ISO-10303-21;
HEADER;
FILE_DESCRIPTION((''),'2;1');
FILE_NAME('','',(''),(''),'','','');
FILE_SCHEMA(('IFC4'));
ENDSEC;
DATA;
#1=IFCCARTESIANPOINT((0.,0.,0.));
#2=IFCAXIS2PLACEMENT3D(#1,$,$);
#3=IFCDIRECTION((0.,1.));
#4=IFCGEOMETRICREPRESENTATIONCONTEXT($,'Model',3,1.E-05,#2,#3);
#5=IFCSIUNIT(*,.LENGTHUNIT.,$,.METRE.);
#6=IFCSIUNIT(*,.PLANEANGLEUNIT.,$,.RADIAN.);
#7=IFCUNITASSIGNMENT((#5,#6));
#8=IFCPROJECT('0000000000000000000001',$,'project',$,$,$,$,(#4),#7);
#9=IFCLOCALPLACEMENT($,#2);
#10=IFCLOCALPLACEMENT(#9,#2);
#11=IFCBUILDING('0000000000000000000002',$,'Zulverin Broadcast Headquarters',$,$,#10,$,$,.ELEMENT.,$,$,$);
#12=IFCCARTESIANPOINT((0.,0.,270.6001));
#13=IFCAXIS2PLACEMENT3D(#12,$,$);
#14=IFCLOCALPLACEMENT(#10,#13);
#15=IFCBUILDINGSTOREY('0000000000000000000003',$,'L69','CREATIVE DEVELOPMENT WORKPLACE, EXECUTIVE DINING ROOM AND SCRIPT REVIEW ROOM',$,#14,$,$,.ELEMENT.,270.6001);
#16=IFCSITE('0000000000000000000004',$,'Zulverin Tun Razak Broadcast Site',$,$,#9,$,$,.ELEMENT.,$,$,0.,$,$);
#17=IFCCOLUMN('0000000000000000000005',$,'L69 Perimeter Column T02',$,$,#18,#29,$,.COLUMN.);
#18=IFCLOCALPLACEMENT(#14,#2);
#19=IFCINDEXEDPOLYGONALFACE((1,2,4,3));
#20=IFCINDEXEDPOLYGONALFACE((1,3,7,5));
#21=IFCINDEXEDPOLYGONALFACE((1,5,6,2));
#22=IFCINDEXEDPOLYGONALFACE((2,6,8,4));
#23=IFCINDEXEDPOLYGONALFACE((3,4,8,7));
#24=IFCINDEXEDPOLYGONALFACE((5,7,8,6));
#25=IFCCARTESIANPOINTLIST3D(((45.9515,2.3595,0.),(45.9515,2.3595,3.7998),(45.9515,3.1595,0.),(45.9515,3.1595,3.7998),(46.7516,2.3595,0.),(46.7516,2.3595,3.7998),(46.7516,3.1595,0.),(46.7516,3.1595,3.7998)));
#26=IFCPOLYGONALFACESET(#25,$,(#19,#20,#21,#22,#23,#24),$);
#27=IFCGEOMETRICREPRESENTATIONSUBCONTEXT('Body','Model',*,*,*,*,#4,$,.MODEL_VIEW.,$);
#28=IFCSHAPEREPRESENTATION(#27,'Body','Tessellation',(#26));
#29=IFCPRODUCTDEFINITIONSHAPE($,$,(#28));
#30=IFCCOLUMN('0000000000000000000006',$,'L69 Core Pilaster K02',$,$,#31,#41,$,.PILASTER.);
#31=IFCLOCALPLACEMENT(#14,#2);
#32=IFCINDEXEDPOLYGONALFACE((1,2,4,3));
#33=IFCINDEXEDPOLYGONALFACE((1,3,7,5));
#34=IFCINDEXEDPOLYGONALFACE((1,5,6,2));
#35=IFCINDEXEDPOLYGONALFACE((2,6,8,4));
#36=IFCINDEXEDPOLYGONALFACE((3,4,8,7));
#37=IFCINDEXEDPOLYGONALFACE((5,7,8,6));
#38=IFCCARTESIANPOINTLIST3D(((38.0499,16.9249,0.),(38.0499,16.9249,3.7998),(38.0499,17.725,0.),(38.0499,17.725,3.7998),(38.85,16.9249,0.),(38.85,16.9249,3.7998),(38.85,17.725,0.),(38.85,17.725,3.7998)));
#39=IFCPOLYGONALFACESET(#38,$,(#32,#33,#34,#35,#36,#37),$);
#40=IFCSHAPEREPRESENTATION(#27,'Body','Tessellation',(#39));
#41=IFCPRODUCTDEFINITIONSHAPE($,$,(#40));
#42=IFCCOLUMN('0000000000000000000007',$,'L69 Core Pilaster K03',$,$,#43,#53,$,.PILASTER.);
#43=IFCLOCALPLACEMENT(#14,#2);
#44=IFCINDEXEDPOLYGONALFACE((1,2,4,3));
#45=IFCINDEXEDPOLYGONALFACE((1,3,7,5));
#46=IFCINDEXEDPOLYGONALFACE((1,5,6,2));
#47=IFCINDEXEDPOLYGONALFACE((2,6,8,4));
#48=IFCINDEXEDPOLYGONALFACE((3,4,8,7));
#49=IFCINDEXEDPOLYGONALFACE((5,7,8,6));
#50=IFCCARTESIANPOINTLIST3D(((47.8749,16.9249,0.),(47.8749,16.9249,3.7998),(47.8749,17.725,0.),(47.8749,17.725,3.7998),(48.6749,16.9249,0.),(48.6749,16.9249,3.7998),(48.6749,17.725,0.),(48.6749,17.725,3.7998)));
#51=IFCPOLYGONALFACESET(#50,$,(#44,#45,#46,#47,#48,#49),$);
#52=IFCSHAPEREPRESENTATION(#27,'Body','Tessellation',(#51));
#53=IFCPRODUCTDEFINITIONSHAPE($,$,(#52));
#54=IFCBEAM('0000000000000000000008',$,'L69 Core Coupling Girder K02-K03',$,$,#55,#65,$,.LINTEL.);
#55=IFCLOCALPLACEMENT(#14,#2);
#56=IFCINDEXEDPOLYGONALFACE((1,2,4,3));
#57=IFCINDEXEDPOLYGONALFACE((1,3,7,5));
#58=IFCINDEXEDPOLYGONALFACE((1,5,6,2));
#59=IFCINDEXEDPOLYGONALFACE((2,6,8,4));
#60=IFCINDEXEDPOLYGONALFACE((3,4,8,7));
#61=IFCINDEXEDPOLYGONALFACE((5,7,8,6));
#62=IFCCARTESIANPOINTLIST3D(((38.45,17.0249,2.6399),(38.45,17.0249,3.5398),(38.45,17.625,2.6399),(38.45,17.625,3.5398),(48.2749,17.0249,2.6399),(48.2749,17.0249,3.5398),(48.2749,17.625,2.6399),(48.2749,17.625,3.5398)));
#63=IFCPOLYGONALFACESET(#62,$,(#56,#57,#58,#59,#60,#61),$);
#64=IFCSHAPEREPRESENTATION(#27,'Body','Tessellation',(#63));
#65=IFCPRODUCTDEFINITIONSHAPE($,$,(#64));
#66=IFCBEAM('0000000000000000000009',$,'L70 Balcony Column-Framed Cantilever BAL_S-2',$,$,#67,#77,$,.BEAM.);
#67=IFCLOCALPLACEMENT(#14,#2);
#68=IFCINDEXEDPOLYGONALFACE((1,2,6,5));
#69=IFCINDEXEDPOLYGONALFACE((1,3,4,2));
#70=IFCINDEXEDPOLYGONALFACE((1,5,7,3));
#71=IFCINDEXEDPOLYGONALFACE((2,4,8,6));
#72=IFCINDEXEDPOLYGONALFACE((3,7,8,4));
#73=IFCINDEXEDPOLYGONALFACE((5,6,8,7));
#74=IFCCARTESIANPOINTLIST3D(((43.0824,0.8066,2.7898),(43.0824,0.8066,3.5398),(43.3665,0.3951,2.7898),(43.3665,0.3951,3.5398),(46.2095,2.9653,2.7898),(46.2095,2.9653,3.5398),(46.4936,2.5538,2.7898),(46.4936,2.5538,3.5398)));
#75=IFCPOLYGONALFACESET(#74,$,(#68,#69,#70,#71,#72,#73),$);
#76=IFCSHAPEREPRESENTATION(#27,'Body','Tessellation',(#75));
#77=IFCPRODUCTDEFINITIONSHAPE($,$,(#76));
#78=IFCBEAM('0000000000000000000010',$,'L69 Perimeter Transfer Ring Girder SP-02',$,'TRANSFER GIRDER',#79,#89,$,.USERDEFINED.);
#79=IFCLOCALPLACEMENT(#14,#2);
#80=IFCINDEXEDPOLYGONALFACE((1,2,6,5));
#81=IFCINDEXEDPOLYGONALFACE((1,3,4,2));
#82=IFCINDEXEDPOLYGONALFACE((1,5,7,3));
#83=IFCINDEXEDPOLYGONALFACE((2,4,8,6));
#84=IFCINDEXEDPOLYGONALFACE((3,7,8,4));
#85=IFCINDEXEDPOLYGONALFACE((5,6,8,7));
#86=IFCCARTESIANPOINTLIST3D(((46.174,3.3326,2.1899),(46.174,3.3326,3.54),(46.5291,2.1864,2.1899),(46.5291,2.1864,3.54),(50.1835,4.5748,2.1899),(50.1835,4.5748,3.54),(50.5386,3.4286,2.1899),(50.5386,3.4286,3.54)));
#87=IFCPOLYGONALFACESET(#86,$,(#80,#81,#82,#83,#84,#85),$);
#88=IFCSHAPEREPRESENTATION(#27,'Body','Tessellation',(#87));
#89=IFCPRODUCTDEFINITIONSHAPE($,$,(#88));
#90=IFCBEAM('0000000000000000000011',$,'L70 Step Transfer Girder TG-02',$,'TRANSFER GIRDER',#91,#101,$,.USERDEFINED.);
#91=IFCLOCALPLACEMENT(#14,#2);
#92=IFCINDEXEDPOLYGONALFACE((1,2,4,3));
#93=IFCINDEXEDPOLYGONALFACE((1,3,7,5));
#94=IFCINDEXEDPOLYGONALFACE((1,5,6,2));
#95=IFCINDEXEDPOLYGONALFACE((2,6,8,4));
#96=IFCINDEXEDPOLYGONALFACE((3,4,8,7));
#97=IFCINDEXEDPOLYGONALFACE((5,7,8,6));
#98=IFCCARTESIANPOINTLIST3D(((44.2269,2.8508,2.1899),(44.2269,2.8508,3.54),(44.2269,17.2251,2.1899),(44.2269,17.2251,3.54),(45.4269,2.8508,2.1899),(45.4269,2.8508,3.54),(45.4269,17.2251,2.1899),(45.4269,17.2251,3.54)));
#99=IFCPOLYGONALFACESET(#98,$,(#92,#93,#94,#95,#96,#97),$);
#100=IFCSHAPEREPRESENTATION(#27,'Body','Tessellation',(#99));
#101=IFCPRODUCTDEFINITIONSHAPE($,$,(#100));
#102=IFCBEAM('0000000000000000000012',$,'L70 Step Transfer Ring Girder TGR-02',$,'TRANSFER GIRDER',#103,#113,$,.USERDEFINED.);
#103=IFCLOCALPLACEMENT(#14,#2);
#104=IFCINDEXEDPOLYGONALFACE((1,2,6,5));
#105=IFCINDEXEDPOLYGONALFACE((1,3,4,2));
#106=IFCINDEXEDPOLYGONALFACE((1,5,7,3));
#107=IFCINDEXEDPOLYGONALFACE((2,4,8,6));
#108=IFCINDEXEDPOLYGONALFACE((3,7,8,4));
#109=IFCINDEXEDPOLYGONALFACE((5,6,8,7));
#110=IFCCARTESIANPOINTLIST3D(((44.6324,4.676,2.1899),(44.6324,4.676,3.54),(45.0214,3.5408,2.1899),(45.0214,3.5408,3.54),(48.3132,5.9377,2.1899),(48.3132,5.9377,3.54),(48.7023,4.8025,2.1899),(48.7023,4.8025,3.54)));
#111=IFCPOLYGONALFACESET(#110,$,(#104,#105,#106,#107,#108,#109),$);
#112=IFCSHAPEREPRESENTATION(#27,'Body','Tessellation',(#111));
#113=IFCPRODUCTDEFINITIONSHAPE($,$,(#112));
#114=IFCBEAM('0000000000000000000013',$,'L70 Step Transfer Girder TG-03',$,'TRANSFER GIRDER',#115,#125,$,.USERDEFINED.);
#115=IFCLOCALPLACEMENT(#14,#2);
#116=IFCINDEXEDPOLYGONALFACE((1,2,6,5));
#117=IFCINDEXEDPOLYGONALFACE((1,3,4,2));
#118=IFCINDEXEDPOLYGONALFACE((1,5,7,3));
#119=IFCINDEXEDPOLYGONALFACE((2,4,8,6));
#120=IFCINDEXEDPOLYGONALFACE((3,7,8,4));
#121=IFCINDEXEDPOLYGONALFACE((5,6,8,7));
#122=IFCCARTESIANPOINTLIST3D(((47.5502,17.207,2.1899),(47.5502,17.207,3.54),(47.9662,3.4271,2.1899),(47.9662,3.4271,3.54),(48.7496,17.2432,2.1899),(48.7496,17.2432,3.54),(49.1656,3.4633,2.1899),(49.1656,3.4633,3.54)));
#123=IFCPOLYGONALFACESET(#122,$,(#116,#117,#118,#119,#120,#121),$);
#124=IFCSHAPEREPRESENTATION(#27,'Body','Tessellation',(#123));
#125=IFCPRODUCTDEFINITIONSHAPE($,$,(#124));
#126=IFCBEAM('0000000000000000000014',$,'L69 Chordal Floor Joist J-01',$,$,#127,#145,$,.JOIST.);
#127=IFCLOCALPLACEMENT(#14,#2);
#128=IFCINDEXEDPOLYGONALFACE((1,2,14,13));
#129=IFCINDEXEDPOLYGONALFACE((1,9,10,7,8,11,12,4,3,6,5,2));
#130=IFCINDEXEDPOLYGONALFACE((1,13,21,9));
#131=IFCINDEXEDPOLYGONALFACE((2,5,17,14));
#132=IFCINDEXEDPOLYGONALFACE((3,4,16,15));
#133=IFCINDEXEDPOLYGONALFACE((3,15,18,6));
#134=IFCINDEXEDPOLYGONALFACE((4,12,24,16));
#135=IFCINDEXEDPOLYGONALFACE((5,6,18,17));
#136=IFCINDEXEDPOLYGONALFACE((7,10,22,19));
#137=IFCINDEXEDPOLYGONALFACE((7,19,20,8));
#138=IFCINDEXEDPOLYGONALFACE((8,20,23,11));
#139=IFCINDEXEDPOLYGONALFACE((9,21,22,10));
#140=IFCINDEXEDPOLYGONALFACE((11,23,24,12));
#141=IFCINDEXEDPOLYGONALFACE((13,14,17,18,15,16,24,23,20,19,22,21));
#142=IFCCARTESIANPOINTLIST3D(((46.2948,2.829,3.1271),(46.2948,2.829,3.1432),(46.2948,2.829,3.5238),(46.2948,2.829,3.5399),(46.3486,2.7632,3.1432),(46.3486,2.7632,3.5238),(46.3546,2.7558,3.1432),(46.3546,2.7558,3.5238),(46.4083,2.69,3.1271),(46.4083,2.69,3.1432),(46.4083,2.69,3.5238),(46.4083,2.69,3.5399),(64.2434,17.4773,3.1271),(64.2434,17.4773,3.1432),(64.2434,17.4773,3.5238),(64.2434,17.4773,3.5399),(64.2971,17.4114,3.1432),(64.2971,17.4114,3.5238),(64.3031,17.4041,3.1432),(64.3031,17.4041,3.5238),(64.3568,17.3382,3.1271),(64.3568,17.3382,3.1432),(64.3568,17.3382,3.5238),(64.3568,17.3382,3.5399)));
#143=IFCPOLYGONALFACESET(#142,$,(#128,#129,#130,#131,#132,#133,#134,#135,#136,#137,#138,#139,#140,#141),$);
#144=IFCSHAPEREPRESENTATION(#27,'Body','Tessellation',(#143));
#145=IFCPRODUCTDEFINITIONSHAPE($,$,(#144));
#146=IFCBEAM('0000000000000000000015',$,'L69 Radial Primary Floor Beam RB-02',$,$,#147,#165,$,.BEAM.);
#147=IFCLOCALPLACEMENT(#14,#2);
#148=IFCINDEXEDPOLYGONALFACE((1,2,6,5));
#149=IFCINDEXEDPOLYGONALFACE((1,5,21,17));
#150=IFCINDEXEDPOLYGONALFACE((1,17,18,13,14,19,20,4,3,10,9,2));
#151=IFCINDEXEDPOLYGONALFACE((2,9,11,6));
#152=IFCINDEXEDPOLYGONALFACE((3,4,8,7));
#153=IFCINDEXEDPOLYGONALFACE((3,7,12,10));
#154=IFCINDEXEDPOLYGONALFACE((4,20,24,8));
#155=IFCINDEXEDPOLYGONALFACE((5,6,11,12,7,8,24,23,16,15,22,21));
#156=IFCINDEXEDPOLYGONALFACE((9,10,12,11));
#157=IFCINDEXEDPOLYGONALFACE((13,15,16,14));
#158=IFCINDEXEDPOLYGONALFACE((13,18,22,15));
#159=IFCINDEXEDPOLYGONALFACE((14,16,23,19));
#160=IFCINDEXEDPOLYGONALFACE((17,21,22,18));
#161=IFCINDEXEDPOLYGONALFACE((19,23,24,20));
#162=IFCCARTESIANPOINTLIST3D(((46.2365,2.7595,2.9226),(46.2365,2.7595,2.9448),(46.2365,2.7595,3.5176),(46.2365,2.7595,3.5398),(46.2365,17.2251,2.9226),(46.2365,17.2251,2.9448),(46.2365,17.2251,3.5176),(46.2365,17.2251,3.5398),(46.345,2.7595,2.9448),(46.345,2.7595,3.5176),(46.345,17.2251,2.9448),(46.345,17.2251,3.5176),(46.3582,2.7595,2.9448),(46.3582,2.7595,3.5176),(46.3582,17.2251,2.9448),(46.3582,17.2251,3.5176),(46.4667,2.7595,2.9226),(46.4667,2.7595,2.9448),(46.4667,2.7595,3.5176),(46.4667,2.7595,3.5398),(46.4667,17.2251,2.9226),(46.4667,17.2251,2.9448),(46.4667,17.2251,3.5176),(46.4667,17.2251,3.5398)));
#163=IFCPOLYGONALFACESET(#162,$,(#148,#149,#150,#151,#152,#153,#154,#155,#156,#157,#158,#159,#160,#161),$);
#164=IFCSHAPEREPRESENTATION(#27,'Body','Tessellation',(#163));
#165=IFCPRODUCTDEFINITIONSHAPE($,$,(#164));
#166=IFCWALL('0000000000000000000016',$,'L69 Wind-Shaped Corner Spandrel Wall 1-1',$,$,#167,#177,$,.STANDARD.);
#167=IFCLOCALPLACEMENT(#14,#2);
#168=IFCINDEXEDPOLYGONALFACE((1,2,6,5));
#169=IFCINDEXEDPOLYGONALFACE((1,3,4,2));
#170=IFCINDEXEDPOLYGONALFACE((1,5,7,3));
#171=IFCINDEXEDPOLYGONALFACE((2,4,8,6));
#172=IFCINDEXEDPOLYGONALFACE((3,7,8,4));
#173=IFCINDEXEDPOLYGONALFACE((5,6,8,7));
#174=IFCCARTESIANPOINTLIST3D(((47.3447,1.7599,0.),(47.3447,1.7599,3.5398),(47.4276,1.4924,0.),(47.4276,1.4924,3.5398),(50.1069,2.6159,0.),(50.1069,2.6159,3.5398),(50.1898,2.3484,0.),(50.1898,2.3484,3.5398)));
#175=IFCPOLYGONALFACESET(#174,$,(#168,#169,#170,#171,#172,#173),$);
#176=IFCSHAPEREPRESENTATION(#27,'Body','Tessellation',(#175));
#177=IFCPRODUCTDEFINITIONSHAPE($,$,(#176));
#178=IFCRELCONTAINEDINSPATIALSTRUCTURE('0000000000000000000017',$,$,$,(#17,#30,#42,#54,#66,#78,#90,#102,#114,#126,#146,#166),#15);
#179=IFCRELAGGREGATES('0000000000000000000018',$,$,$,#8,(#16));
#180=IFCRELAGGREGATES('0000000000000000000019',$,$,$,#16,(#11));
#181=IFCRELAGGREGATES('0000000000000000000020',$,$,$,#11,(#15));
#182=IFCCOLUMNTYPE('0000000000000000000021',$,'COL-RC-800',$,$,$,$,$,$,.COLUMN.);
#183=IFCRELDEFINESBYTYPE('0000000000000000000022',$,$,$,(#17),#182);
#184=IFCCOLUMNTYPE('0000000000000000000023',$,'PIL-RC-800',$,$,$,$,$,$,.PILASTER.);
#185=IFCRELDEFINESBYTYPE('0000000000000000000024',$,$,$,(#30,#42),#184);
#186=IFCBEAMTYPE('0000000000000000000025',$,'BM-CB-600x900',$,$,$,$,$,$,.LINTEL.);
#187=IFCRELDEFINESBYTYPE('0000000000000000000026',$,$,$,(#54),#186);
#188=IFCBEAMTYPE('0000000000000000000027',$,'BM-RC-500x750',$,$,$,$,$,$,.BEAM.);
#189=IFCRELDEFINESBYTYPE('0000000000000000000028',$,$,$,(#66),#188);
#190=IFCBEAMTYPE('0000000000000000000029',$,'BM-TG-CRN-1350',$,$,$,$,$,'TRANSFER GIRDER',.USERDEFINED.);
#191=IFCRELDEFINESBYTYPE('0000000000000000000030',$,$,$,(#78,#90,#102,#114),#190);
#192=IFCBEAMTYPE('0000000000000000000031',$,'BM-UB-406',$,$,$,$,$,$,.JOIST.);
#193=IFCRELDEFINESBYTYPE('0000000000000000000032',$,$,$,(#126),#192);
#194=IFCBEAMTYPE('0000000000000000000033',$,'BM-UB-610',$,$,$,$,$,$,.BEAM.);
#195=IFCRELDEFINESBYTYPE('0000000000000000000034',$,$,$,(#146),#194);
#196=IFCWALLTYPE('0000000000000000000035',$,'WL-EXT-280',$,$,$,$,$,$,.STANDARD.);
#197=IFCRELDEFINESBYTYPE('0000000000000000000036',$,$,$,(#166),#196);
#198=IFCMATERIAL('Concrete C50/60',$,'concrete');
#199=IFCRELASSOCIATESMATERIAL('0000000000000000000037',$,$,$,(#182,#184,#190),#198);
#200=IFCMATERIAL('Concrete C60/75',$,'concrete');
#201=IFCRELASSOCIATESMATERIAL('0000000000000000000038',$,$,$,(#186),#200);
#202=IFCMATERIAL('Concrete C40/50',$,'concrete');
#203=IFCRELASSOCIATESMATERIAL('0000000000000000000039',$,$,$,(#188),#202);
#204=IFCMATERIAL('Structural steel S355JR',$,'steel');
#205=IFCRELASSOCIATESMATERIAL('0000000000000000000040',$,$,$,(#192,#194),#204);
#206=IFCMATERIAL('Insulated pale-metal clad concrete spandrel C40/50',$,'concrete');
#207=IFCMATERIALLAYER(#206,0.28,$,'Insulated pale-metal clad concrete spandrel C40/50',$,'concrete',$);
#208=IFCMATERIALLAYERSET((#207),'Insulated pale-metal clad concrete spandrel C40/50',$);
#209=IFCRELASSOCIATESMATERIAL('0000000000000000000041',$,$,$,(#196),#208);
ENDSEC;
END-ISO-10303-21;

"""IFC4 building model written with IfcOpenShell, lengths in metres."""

from ifc_helpers import new_model, si_unit, direction, frame, frame_2d, origin, origin_2d, place, context, subcontext, project, spatial, rectangle, i_section, extrude, material, layer, layer_set, material_profile, profile_set, type_object, element, save


model = new_model("IFC4")

# Units and contexts
model_context = context("Model", 3, precision=1e-05, world=origin(), true_north=direction((0.0, 1.0)))
body_context = subcontext(model_context, "Body", "Model", "MODEL_VIEW")
ifc_project = project(units=[si_unit("LENGTHUNIT", "METRE"), si_unit("PLANEANGLEUNIT", "RADIAN")], contexts=[model_context])

# Site, building, storey
site_placement = place(None, origin())
site = spatial("IfcSite", under=ifc_project, at=site_placement, Name="Zulverin Tun Razak Broadcast Site", CompositionType="ELEMENT", RefElevation=0.0)
building_placement = place(site_placement, origin())
building = spatial("IfcBuilding", under=site, at=building_placement, Name="Zulverin Broadcast Headquarters", CompositionType="ELEMENT")
storey_placement = place(building_placement, frame((0.0, 0.0, 270.6001)))
storey = spatial("IfcBuildingStorey", under=building, at=storey_placement, Name="L69", Description="CREATIVE DEVELOPMENT WORKPLACE, EXECUTIVE DINING ROOM AND SCRIPT REVIEW ROOM", CompositionType="ELEMENT", Elevation=270.6001)

# Columns
ifc_material_1 = material(Name="Concrete C50/60", Category="concrete")
ifc_material_profile_1 = material_profile(ifc_material_1, rectangle(XDim=0.8, YDim=0.8, at=origin_2d()), Name="Concrete C50/60", Category="concrete")
ifc_profile_set_1 = profile_set([ifc_material_profile_1], Name="Concrete C50/60")
column_type_1 = type_object("IfcColumnType", Name="COL-RC-800", PredefinedType="COLUMN", material=ifc_profile_set_1)
column_placement = place(storey_placement, frame((46.3516, 2.7595, 0.0), z_axis=(0.0, 0.0, 1.0), x_axis=(1.0, 0.0, 0.0)))
element("IfcColumn", 1, at=column_placement, inside=storey, type_object=column_type_1, Name="L69 Perimeter Column T02", PredefinedType="COLUMN", context=body_context, shape_type="SweptSolid", body=[
    extrude(rectangle(XDim=0.8, YDim=0.8, at=origin_2d()), origin(), (0.0, 0.0, 1.0), 3.7998),
])
ifc_material_profile_2 = material_profile(ifc_material_1, rectangle(XDim=0.8, YDim=0.8, at=origin_2d()), Name="Concrete C50/60", Category="concrete")
ifc_profile_set_2 = profile_set([ifc_material_profile_2], Name="Concrete C50/60")
column_type_2 = type_object("IfcColumnType", Name="PIL-RC-800", PredefinedType="PILASTER", material=ifc_profile_set_2)
for number, where, z_axis, x_axis, name in (
    (2, (38.45, 17.325, 0.0), (0.0, 0.0, 1.0), (1.0, 0.0, 0.0), "L69 Core Pilaster K02"),
    (3, (48.2749, 17.325, 0.0), (0.0, 0.0, 1.0), (1.0, 0.0, 0.0), "L69 Core Pilaster K03"),
):
    element("IfcColumn", number, at=place(storey_placement, frame(where, z_axis=z_axis, x_axis=x_axis)), inside=storey, type_object=column_type_2, Name=name, PredefinedType="PILASTER", context=body_context, shape_type="SweptSolid", body=[
        extrude(rectangle(XDim=0.8, YDim=0.8, at=origin_2d()), origin(), (0.0, 0.0, 1.0), 3.7998),
    ])

# Beams
ifc_material_2 = material(Name="Concrete C60/75", Category="concrete")
ifc_material_profile_3 = material_profile(ifc_material_2, rectangle(XDim=0.6001, YDim=0.8999, at=origin_2d()), Name="Concrete C60/75", Category="concrete")
ifc_profile_set_3 = profile_set([ifc_material_profile_3], Name="Concrete C60/75")
beam_type_1 = type_object("IfcBeamType", Name="BM-CB-600x900", PredefinedType="LINTEL", material=ifc_profile_set_3)
beam_1_placement = place(storey_placement, frame((38.45, 17.325, 3.0898), z_axis=(1.0, 0.0, 0.0), x_axis=(0.0, 1.0, 0.0)))
element("IfcBeam", 4, at=beam_1_placement, inside=storey, type_object=beam_type_1, Name="L69 Core Coupling Girder K02-K03", PredefinedType="LINTEL", context=body_context, shape_type="SweptSolid", body=[
    extrude(rectangle(XDim=0.6001, YDim=0.8999, at=origin_2d()), origin(), (0.0, 0.0, 1.0), 9.825),
])
ifc_material_3 = material(Name="Concrete C40/50", Category="concrete")
ifc_material_profile_4 = material_profile(ifc_material_3, rectangle(XDim=0.5, YDim=0.75, at=origin_2d()), Name="Concrete C40/50", Category="concrete")
ifc_profile_set_4 = profile_set([ifc_material_profile_4], Name="Concrete C40/50")
beam_type_2 = type_object("IfcBeamType", Name="BM-RC-500x750", PredefinedType="BEAM", material=ifc_profile_set_4)
beam_2_placement = place(storey_placement, frame((46.3516, 2.7595, 3.1648), z_axis=(-0.822966, -0.56809, 0.0), x_axis=(0.56809, -0.822966, 0.0)))
element("IfcBeam", 5, at=beam_2_placement, inside=storey, type_object=beam_type_2, Name="L70 Balcony Column-Framed Cantilever BAL_S-2", PredefinedType="BEAM", context=body_context, shape_type="SweptSolid", body=[
    extrude(rectangle(XDim=0.5, YDim=0.75, at=origin_2d()), origin(), (0.0, 0.0, 1.0), 3.7998),
])
ifc_material_profile_5 = material_profile(ifc_material_1, rectangle(XDim=1.2, YDim=1.3501, at=origin_2d()), Name="Concrete C50/60", Category="concrete")
ifc_profile_set_5 = profile_set([ifc_material_profile_5], Name="Concrete C50/60")
beam_type_3 = type_object("IfcBeamType", Name="BM-TG-CRN-1350", ElementType="TRANSFER GIRDER", PredefinedType="USERDEFINED", material=ifc_profile_set_5)
beam_3_placement = place(storey_placement, frame((46.3516, 2.7595, 2.865), z_axis=(0.955209, 0.295933, 0.0), x_axis=(-0.295933, 0.955209, 0.0)))
element("IfcBeam", 6, at=beam_3_placement, inside=storey, type_object=beam_type_3, Name="L69 Perimeter Transfer Ring Girder SP-02", ObjectType="TRANSFER GIRDER", PredefinedType="USERDEFINED", context=body_context, shape_type="SweptSolid", body=[
    extrude(rectangle(XDim=1.2, YDim=1.3501, at=origin_2d()), origin(), (0.0, 0.0, 1.0), 4.1975),
])
beam_4_placement = place(storey_placement, frame((44.8269, 17.2251, 2.865), z_axis=(0.0, -1.0, 0.0), x_axis=(1.0, 0.0, 0.0)))
element("IfcBeam", 7, at=beam_4_placement, inside=storey, type_object=beam_type_3, Name="L70 Step Transfer Girder TG-02", ObjectType="TRANSFER GIRDER", PredefinedType="USERDEFINED", context=body_context, shape_type="SweptSolid", body=[
    extrude(rectangle(XDim=1.2, YDim=1.3501, at=origin_2d()), origin(), (0.0, 0.0, 1.0), 14.3743),
])
beam_5_placement = place(storey_placement, frame((44.8269, 4.1084, 2.865), z_axis=(0.94597, 0.324254, 0.0), x_axis=(-0.324254, 0.94597, 0.0)))
element("IfcBeam", 8, at=beam_5_placement, inside=storey, type_object=beam_type_3, Name="L70 Step Transfer Ring Girder TGR-02", ObjectType="TRANSFER GIRDER", PredefinedType="USERDEFINED", context=body_context, shape_type="SweptSolid", body=[
    extrude(rectangle(XDim=1.2, YDim=1.3501, at=origin_2d()), origin(), (0.0, 0.0, 1.0), 3.8911),
])
beam_6_placement = place(storey_placement, frame((48.1499, 17.2251, 2.865), z_axis=(0.030177, -0.999545, 0.0), x_axis=(0.999545, 0.030177, 0.0)))
element("IfcBeam", 9, at=beam_6_placement, inside=storey, type_object=beam_type_3, Name="L70 Step Transfer Girder TG-03", ObjectType="TRANSFER GIRDER", PredefinedType="USERDEFINED", context=body_context, shape_type="SweptSolid", body=[
    extrude(rectangle(XDim=1.2, YDim=1.3501, at=origin_2d()), origin(), (0.0, 0.0, 1.0), 13.7861),
])
ifc_material_4 = material(Name="Structural steel S355JR", Category="steel")
ifc_material_profile_6 = material_profile(ifc_material_4, i_section(OverallWidth=0.1794, OverallDepth=0.4128, WebThickness=0.0095, FlangeThickness=0.0161, at=origin_2d()), Name="Structural steel S355JR", Category="steel")
ifc_profile_set_6 = profile_set([ifc_material_profile_6], Name="Structural steel S355JR")
beam_type_4 = type_object("IfcBeamType", Name="BM-UB-406", PredefinedType="JOIST", material=ifc_profile_set_6)
beam_7_placement = place(storey_placement, frame((46.3516, 2.7595, 3.3335), z_axis=(0.774738, 0.632282, 0.0), x_axis=(-0.632282, 0.774738, 0.0)))
element("IfcBeam", 10, at=beam_7_placement, inside=storey, type_object=beam_type_4, Name="L69 Chordal Floor Joist J-01", PredefinedType="JOIST", context=body_context, shape_type="SweptSolid", body=[
    extrude(i_section(OverallWidth=0.1794, OverallDepth=0.4128, WebThickness=0.0095, FlangeThickness=0.0161, at=origin_2d()), origin(), (0.0, 0.0, 1.0), 23.1672),
])
ifc_material_profile_7 = material_profile(ifc_material_4, i_section(OverallWidth=0.2302, OverallDepth=0.6172, WebThickness=0.0132, FlangeThickness=0.0222, at=origin_2d()), Name="Structural steel S355JR", Category="steel")
ifc_profile_set_7 = profile_set([ifc_material_profile_7], Name="Structural steel S355JR")
beam_type_5 = type_object("IfcBeamType", Name="BM-UB-610", PredefinedType="BEAM", material=ifc_profile_set_7)
beam_8_placement = place(storey_placement, frame((46.3516, 17.2251, 3.2312), z_axis=(0.0, -1.0, 0.0), x_axis=(1.0, 0.0, 0.0)))
element("IfcBeam", 11, at=beam_8_placement, inside=storey, type_object=beam_type_5, Name="L69 Radial Primary Floor Beam RB-02", PredefinedType="BEAM", context=body_context, shape_type="SweptSolid", body=[
    extrude(i_section(OverallWidth=0.2302, OverallDepth=0.6172, WebThickness=0.0132, FlangeThickness=0.0222, at=origin_2d()), origin(), (0.0, 0.0, 1.0), 14.4656),
])

# Wall
ifc_material_5 = material(Name="Insulated pale-metal clad concrete spandrel C40/50", Category="concrete")
ifc_layer_1 = layer(ifc_material_5, 0.28, Name="Insulated pale-metal clad concrete spandrel C40/50", Category="concrete")
ifc_layer_set_1 = layer_set([ifc_layer_1], Name="Insulated pale-metal clad concrete spandrel C40/50")
wall_type_1 = type_object("IfcWallType", Name="WL-EXT-280", PredefinedType="STANDARD", material=ifc_layer_set_1)
wall_1_placement = place(storey_placement, frame((47.3862, 1.6262, 0.0), z_axis=(0.0, 0.0, 1.0), x_axis=(0.955189, 0.295996, 0.0)))
element("IfcWall", 12, at=wall_1_placement, inside=storey, type_object=wall_type_1, Name="L69 Wind-Shaped Corner Spandrel Wall 1-1", PredefinedType="STANDARD", context=body_context, shape_type="SweptSolid", body=[
    extrude(rectangle(XDim=2.8918, YDim=0.28, at=frame_2d((1.4458, 0.0))), origin(), (0.0, 0.0, 1.0), 3.5398),
])

save(model, "model.ifc")
